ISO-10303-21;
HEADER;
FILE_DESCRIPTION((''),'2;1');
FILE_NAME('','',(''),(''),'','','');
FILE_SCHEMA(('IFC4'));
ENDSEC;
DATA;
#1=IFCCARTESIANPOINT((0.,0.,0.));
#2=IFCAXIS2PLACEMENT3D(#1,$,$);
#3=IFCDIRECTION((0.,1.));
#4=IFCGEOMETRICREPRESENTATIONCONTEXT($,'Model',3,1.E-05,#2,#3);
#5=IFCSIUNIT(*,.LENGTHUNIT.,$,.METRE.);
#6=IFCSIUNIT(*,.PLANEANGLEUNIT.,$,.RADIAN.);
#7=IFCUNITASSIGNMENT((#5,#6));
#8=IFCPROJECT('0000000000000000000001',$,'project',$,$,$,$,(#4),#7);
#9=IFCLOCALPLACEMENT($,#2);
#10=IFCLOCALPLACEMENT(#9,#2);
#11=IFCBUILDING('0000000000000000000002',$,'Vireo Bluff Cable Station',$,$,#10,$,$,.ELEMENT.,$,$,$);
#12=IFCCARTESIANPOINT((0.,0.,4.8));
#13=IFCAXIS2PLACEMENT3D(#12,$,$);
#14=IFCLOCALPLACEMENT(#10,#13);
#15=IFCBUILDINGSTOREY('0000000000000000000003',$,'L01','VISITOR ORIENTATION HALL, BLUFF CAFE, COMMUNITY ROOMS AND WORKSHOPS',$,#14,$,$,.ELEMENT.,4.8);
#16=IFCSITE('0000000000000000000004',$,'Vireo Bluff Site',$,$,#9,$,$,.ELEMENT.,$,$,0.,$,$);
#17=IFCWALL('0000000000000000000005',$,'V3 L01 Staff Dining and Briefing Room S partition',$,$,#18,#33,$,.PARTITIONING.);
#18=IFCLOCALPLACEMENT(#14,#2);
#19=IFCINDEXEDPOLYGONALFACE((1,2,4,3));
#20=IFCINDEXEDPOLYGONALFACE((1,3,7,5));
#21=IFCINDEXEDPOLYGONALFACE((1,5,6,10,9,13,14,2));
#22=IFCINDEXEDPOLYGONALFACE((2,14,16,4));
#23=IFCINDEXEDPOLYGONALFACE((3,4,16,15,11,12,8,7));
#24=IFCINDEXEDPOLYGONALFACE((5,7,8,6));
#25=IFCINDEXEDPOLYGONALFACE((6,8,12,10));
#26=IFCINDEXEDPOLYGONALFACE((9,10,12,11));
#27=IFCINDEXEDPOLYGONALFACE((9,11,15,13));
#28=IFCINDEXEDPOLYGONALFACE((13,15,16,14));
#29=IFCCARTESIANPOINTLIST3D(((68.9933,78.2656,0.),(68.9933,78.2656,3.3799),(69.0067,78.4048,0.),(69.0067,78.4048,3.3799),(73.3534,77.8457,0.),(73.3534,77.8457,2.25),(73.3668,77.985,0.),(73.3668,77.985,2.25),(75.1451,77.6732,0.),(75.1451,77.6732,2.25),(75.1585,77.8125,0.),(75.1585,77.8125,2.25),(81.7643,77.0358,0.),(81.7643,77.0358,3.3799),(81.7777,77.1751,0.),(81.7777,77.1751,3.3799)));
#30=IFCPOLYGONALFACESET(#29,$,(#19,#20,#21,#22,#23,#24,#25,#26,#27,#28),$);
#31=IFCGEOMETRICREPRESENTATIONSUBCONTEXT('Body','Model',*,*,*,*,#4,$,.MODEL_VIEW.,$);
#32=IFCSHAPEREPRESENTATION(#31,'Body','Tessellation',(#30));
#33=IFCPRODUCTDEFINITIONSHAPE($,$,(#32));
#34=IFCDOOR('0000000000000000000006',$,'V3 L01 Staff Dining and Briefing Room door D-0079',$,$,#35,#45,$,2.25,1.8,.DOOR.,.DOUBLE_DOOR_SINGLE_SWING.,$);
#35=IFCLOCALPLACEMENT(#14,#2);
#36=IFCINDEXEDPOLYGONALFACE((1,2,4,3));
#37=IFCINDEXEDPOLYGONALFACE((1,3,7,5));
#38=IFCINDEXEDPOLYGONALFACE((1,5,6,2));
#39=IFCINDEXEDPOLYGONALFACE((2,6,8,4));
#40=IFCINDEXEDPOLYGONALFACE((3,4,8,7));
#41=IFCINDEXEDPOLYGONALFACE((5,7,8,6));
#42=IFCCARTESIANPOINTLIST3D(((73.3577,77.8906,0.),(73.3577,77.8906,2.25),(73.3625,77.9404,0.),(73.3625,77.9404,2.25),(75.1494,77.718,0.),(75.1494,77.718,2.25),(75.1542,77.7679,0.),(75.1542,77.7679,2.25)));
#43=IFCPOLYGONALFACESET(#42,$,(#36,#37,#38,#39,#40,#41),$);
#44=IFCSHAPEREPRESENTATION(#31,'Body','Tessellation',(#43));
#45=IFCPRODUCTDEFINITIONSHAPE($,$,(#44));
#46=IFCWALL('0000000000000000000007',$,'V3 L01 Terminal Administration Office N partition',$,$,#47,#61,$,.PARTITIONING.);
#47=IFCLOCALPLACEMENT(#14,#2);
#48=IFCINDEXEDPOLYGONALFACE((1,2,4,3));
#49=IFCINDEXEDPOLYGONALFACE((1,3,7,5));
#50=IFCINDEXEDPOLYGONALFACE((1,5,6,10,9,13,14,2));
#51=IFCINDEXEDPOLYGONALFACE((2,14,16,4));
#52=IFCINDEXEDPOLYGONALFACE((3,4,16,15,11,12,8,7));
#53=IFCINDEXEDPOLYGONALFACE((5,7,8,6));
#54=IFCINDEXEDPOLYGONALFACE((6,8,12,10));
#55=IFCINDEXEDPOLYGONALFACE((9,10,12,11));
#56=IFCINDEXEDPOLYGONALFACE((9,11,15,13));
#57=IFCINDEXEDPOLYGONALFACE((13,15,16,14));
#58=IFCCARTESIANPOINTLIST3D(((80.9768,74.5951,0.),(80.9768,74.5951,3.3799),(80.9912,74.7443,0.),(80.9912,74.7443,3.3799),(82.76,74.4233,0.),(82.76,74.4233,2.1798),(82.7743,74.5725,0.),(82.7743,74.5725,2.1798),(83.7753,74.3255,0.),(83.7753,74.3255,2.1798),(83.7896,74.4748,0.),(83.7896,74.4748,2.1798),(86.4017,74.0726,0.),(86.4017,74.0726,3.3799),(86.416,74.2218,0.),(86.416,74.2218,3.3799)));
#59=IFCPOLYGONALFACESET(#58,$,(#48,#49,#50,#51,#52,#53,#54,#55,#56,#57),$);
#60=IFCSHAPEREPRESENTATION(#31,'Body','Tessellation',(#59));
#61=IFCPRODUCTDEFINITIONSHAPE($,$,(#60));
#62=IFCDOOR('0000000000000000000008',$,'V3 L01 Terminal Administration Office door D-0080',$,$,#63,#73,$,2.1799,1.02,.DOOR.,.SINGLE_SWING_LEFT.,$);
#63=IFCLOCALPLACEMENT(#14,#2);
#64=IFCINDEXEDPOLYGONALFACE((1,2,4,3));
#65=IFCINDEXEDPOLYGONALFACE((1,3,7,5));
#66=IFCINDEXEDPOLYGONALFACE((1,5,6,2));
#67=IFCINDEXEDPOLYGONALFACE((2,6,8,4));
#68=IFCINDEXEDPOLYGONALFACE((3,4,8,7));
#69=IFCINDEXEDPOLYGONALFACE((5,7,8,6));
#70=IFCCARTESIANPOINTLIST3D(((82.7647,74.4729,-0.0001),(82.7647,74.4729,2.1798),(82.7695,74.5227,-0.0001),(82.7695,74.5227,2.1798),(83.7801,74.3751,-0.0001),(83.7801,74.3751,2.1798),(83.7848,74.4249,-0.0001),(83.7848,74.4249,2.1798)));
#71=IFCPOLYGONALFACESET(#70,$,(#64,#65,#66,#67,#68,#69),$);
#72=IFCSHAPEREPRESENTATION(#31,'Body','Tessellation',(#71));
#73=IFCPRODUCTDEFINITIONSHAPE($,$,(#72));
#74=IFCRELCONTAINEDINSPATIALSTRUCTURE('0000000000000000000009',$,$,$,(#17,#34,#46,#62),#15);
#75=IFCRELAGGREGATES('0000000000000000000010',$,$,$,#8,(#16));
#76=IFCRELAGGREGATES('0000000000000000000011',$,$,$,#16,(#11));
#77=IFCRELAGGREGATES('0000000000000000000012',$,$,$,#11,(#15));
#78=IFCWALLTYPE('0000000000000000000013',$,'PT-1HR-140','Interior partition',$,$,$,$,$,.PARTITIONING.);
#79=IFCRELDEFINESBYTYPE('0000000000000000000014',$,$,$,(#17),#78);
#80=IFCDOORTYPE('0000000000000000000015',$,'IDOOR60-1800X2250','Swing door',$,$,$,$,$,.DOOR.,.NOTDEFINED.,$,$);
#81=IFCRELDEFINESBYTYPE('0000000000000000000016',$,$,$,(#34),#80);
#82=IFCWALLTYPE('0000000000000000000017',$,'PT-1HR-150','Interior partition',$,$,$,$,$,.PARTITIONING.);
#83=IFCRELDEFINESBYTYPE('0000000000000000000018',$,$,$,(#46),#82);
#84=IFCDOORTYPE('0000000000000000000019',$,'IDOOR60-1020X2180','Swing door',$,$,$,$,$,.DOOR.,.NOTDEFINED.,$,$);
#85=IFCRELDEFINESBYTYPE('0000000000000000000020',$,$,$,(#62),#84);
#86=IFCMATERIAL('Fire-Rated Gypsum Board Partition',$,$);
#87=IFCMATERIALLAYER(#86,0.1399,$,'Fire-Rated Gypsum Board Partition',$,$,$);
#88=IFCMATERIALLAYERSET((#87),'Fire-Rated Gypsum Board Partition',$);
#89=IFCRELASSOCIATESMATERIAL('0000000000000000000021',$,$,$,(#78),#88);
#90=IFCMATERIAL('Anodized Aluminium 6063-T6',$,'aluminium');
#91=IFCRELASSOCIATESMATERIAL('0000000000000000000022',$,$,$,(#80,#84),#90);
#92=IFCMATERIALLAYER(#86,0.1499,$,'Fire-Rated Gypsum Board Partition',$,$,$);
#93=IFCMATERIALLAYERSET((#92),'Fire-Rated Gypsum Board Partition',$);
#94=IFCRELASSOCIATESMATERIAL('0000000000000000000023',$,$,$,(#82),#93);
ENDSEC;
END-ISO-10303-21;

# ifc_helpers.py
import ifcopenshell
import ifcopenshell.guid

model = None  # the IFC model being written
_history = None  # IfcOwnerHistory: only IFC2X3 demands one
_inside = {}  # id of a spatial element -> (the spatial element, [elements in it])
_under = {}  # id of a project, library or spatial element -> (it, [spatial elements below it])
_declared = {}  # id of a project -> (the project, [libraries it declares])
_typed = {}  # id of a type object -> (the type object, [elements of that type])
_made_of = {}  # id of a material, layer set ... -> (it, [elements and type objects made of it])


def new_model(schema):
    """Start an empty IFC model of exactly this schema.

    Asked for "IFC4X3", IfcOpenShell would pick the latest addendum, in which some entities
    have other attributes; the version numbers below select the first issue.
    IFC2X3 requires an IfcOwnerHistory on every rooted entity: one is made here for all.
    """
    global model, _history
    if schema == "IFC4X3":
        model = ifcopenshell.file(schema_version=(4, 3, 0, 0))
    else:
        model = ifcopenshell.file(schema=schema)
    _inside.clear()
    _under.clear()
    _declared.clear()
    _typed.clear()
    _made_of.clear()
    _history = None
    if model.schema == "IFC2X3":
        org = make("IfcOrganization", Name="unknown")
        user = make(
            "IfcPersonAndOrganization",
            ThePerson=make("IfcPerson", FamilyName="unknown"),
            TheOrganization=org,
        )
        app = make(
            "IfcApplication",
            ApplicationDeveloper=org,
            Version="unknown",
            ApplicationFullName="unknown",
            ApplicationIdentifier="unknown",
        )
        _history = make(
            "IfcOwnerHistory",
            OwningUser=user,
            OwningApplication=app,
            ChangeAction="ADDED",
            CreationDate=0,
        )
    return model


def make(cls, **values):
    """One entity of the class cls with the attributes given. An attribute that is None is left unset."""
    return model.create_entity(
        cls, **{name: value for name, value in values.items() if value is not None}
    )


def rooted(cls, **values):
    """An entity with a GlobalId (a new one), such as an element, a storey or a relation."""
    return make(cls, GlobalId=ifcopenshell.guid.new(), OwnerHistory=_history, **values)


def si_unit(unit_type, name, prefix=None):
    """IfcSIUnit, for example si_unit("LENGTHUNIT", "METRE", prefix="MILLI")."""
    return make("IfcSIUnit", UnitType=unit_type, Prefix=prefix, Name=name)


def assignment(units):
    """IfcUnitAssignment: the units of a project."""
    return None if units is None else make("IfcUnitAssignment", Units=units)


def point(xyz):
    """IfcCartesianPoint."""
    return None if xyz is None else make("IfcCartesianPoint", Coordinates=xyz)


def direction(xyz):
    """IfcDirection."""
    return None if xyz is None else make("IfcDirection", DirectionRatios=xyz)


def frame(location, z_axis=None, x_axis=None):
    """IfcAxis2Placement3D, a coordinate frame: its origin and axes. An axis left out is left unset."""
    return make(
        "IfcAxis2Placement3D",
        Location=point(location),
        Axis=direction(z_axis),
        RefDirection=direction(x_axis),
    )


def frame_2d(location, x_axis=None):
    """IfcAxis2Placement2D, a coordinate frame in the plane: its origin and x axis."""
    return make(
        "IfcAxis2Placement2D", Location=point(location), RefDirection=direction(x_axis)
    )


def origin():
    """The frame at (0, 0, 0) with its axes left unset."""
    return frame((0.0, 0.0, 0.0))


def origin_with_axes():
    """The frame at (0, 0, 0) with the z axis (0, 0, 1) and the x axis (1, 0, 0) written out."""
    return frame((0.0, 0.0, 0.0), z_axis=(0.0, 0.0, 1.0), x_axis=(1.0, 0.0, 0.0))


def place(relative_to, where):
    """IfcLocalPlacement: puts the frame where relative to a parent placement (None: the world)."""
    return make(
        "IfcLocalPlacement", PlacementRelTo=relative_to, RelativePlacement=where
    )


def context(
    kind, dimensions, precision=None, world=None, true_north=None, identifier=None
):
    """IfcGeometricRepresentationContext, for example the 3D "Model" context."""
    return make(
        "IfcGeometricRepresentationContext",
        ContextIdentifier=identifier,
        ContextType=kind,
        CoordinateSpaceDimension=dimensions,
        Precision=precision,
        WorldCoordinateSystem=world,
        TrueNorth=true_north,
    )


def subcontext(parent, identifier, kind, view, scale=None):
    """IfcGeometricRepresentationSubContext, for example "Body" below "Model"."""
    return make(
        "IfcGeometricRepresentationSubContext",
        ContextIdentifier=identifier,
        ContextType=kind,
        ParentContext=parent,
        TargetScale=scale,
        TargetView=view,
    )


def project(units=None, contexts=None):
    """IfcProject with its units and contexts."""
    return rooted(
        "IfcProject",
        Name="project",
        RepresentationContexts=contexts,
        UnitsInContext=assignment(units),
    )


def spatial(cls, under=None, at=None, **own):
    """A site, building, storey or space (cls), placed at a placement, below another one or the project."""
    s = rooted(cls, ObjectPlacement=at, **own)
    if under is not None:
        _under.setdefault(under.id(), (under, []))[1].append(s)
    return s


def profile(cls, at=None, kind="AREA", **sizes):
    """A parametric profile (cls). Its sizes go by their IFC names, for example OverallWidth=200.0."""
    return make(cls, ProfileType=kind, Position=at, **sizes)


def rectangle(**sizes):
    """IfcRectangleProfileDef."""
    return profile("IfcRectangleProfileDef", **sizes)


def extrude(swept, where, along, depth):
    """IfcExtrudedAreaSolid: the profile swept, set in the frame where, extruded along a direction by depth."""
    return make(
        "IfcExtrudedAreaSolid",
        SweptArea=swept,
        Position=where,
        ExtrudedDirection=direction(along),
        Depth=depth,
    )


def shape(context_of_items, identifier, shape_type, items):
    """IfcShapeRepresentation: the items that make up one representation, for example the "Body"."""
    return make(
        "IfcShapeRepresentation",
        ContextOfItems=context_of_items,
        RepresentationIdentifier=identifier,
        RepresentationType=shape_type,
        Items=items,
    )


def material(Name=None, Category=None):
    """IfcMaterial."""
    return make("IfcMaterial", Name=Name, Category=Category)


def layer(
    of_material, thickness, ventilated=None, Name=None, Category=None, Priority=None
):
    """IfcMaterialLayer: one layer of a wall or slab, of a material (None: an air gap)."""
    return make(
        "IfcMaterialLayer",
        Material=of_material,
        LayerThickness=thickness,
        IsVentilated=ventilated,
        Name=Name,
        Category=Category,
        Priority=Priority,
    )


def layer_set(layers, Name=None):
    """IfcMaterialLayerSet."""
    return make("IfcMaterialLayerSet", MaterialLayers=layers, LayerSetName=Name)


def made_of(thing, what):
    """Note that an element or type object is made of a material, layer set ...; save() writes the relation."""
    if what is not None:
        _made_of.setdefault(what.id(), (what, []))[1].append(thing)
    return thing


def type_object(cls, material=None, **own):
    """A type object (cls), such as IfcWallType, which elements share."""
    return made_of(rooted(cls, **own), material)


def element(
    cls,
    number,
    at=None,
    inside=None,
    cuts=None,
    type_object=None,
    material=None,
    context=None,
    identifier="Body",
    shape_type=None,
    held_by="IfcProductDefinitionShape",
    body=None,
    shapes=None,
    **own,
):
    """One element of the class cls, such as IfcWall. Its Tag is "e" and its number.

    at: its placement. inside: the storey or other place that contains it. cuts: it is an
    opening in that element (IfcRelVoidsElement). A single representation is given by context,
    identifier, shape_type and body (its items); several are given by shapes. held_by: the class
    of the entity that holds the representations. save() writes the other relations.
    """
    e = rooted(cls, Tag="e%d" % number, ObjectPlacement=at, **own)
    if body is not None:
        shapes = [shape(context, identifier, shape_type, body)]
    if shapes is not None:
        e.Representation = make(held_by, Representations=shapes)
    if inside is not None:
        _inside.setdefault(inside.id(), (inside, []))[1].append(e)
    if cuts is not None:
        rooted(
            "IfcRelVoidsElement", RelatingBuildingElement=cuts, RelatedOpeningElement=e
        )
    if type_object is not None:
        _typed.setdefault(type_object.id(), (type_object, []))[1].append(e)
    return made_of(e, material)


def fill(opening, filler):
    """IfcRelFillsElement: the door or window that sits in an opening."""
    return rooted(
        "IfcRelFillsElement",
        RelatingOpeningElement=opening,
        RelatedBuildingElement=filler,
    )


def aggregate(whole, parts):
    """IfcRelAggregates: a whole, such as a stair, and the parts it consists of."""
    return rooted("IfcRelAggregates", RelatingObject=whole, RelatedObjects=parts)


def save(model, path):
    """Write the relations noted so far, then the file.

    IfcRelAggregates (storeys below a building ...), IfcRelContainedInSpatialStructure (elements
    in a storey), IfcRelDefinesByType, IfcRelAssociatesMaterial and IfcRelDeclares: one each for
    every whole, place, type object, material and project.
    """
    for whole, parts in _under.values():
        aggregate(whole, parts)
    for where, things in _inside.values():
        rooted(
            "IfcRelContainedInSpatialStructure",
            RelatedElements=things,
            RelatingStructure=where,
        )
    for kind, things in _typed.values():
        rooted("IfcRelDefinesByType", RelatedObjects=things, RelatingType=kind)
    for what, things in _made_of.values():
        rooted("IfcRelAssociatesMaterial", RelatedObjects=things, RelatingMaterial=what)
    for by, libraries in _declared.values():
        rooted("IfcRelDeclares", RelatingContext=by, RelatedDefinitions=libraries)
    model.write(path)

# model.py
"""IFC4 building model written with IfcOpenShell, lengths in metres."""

from ifc_helpers import new_model, si_unit, direction, frame, frame_2d, origin, origin_with_axes, place, context, subcontext, project, spatial, rectangle, extrude, material, layer, layer_set, type_object, element, fill, save


model = new_model("IFC4")

# Units and contexts
model_context = context("Model", 3, precision=1e-05, world=origin(), true_north=direction((0.0, 1.0)))
body_context = subcontext(model_context, "Body", "Model", "MODEL_VIEW")
ifc_project = project(units=[si_unit("LENGTHUNIT", "METRE"), si_unit("PLANEANGLEUNIT", "RADIAN")], contexts=[model_context])

# Site, building, storey
site_placement = place(None, origin())
site = spatial("IfcSite", under=ifc_project, at=site_placement, Name="Vireo Bluff Site", CompositionType="ELEMENT", RefElevation=0.0)
building_placement = place(site_placement, origin())
building = spatial("IfcBuilding", under=site, at=building_placement, Name="Vireo Bluff Cable Station", CompositionType="ELEMENT")
storey_placement = place(building_placement, frame((0.0, 0.0, 4.8)))
storey = spatial("IfcBuildingStorey", under=building, at=storey_placement, Name="L01", Description="VISITOR ORIENTATION HALL, BLUFF CAFE, COMMUNITY ROOMS AND WORKSHOPS", CompositionType="ELEMENT", Elevation=4.8)

# Shared definitions
ifc_material_1 = material(Name="Anodized Aluminium 6063-T6", Category="aluminium")

# Shared definitions
ifc_material_2 = material(Name="Fire-Rated Gypsum Board Partition")

# Walls, openings, doors
ifc_layer_1 = layer(ifc_material_2, 0.1399, Name="Fire-Rated Gypsum Board Partition")
ifc_layer_set_1 = layer_set([ifc_layer_1], Name="Fire-Rated Gypsum Board Partition")
wall_type_1 = type_object("IfcWallType", Name="PT-1HR-140", Description="Interior partition", PredefinedType="PARTITIONING", material=ifc_layer_set_1)
wall_1_placement = place(storey_placement, frame((81.771, 77.1055, 0.0), z_axis=(0.0, 0.0, 1.0), x_axis=(-0.995396, 0.095848, 0.0)))
wall_1 = element("IfcWall", 1, at=wall_1_placement, inside=storey, type_object=wall_type_1, Name="V3 L01 Staff Dining and Briefing Room S partition", PredefinedType="PARTITIONING", context=body_context, shape_type="SweptSolid", body=[
    extrude(rectangle(XDim=12.8301, YDim=0.1399, at=frame_2d((6.415, 0.0))), origin(), (0.0, 0.0, 1.0), 3.3799),
])
opening_1_placement = place(wall_1_placement, frame((6.6499, 0.0, 0.0)))
opening_1 = element("IfcOpeningElement", 2, at=opening_1_placement, cuts=wall_1, PredefinedType="OPENING", context=body_context, shape_type="SweptSolid", body=[
    extrude(rectangle(XDim=1.8, YDim=2.25, at=frame_2d((0.8999, 1.125))), frame((0.0, 0.0801, 0.0), z_axis=(0.0, -1.0, 0.0), x_axis=(1.0, 0.0, 0.0)), (0.0, 0.0, 1.0), 0.1599),
])
door_type_1 = type_object("IfcDoorType", Name="IDOOR60-1800X2250", Description="Swing door", OperationType="NOTDEFINED", PredefinedType="DOOR", material=ifc_material_1)
door_1_placement = place(opening_1_placement, origin_with_axes())
door_1 = element("IfcDoor", 3, at=door_1_placement, inside=storey, type_object=door_type_1, Name="V3 L01 Staff Dining and Briefing Room door D-0079", OperationType="DOUBLE_DOOR_SINGLE_SWING", OverallHeight=2.25, OverallWidth=1.8, PredefinedType="DOOR", context=body_context, shape_type="SweptSolid", body=[
    extrude(rectangle(XDim=1.8, YDim=2.25, at=frame_2d((0.8999, 1.125))), frame((0.0, 0.0249, 0.0), z_axis=(0.0, -1.0, 0.0), x_axis=(1.0, 0.0, 0.0)), (0.0, 0.0, 1.0), 0.05),
])
fill(opening_1, door_1)
ifc_layer_2 = layer(ifc_material_2, 0.1499, Name="Fire-Rated Gypsum Board Partition")
ifc_layer_set_2 = layer_set([ifc_layer_2], Name="Fire-Rated Gypsum Board Partition")
wall_type_2 = type_object("IfcWallType", Name="PT-1HR-150", Description="Interior partition", PredefinedType="PARTITIONING", material=ifc_layer_set_2)
wall_2_placement = place(storey_placement, frame((80.9839, 74.6697, 0.0), z_axis=(0.0, 0.0, 1.0), x_axis=(0.995394, -0.095866, 0.0)))
wall_2 = element("IfcWall", 4, at=wall_2_placement, inside=storey, type_object=wall_type_2, Name="V3 L01 Terminal Administration Office N partition", PredefinedType="PARTITIONING", context=body_context, shape_type="SweptSolid", body=[
    extrude(rectangle(XDim=5.45, YDim=0.1499, at=frame_2d((2.7251, 0.0))), origin(), (0.0, 0.0, 1.0), 3.3799),
])
opening_2_placement = place(wall_2_placement, frame((1.7915, 0.0, 0.0)))
opening_2 = element("IfcOpeningElement", 5, at=opening_2_placement, cuts=wall_2, PredefinedType="OPENING", context=body_context, shape_type="SweptSolid", body=[
    extrude(rectangle(XDim=1.02, YDim=2.1799, at=frame_2d((0.51, 1.0898))), frame((0.0, 0.085, 0.0), z_axis=(0.0, -1.0, 0.0), x_axis=(1.0, 0.0, 0.0)), (0.0, 0.0, 1.0), 0.1699),
])
door_type_2 = type_object("IfcDoorType", Name="IDOOR60-1020X2180", Description="Swing door", OperationType="NOTDEFINED", PredefinedType="DOOR", material=ifc_material_1)
door_2_placement = place(opening_2_placement, origin_with_axes())
door_2 = element("IfcDoor", 6, at=door_2_placement, inside=storey, type_object=door_type_2, Name="V3 L01 Terminal Administration Office door D-0080", OperationType="SINGLE_SWING_LEFT", OverallHeight=2.1799, OverallWidth=1.02, PredefinedType="DOOR", context=body_context, shape_type="SweptSolid", body=[
    extrude(rectangle(XDim=1.02, YDim=2.1799, at=frame_2d((0.51, 1.0898))), frame((0.0, 0.0249, 0.0), z_axis=(0.0, -1.0, 0.0), x_axis=(1.0, 0.0, 0.0)), (0.0, 0.0, 1.0), 0.05),
])
fill(opening_2, door_2)

save(model, "model.ifc")
